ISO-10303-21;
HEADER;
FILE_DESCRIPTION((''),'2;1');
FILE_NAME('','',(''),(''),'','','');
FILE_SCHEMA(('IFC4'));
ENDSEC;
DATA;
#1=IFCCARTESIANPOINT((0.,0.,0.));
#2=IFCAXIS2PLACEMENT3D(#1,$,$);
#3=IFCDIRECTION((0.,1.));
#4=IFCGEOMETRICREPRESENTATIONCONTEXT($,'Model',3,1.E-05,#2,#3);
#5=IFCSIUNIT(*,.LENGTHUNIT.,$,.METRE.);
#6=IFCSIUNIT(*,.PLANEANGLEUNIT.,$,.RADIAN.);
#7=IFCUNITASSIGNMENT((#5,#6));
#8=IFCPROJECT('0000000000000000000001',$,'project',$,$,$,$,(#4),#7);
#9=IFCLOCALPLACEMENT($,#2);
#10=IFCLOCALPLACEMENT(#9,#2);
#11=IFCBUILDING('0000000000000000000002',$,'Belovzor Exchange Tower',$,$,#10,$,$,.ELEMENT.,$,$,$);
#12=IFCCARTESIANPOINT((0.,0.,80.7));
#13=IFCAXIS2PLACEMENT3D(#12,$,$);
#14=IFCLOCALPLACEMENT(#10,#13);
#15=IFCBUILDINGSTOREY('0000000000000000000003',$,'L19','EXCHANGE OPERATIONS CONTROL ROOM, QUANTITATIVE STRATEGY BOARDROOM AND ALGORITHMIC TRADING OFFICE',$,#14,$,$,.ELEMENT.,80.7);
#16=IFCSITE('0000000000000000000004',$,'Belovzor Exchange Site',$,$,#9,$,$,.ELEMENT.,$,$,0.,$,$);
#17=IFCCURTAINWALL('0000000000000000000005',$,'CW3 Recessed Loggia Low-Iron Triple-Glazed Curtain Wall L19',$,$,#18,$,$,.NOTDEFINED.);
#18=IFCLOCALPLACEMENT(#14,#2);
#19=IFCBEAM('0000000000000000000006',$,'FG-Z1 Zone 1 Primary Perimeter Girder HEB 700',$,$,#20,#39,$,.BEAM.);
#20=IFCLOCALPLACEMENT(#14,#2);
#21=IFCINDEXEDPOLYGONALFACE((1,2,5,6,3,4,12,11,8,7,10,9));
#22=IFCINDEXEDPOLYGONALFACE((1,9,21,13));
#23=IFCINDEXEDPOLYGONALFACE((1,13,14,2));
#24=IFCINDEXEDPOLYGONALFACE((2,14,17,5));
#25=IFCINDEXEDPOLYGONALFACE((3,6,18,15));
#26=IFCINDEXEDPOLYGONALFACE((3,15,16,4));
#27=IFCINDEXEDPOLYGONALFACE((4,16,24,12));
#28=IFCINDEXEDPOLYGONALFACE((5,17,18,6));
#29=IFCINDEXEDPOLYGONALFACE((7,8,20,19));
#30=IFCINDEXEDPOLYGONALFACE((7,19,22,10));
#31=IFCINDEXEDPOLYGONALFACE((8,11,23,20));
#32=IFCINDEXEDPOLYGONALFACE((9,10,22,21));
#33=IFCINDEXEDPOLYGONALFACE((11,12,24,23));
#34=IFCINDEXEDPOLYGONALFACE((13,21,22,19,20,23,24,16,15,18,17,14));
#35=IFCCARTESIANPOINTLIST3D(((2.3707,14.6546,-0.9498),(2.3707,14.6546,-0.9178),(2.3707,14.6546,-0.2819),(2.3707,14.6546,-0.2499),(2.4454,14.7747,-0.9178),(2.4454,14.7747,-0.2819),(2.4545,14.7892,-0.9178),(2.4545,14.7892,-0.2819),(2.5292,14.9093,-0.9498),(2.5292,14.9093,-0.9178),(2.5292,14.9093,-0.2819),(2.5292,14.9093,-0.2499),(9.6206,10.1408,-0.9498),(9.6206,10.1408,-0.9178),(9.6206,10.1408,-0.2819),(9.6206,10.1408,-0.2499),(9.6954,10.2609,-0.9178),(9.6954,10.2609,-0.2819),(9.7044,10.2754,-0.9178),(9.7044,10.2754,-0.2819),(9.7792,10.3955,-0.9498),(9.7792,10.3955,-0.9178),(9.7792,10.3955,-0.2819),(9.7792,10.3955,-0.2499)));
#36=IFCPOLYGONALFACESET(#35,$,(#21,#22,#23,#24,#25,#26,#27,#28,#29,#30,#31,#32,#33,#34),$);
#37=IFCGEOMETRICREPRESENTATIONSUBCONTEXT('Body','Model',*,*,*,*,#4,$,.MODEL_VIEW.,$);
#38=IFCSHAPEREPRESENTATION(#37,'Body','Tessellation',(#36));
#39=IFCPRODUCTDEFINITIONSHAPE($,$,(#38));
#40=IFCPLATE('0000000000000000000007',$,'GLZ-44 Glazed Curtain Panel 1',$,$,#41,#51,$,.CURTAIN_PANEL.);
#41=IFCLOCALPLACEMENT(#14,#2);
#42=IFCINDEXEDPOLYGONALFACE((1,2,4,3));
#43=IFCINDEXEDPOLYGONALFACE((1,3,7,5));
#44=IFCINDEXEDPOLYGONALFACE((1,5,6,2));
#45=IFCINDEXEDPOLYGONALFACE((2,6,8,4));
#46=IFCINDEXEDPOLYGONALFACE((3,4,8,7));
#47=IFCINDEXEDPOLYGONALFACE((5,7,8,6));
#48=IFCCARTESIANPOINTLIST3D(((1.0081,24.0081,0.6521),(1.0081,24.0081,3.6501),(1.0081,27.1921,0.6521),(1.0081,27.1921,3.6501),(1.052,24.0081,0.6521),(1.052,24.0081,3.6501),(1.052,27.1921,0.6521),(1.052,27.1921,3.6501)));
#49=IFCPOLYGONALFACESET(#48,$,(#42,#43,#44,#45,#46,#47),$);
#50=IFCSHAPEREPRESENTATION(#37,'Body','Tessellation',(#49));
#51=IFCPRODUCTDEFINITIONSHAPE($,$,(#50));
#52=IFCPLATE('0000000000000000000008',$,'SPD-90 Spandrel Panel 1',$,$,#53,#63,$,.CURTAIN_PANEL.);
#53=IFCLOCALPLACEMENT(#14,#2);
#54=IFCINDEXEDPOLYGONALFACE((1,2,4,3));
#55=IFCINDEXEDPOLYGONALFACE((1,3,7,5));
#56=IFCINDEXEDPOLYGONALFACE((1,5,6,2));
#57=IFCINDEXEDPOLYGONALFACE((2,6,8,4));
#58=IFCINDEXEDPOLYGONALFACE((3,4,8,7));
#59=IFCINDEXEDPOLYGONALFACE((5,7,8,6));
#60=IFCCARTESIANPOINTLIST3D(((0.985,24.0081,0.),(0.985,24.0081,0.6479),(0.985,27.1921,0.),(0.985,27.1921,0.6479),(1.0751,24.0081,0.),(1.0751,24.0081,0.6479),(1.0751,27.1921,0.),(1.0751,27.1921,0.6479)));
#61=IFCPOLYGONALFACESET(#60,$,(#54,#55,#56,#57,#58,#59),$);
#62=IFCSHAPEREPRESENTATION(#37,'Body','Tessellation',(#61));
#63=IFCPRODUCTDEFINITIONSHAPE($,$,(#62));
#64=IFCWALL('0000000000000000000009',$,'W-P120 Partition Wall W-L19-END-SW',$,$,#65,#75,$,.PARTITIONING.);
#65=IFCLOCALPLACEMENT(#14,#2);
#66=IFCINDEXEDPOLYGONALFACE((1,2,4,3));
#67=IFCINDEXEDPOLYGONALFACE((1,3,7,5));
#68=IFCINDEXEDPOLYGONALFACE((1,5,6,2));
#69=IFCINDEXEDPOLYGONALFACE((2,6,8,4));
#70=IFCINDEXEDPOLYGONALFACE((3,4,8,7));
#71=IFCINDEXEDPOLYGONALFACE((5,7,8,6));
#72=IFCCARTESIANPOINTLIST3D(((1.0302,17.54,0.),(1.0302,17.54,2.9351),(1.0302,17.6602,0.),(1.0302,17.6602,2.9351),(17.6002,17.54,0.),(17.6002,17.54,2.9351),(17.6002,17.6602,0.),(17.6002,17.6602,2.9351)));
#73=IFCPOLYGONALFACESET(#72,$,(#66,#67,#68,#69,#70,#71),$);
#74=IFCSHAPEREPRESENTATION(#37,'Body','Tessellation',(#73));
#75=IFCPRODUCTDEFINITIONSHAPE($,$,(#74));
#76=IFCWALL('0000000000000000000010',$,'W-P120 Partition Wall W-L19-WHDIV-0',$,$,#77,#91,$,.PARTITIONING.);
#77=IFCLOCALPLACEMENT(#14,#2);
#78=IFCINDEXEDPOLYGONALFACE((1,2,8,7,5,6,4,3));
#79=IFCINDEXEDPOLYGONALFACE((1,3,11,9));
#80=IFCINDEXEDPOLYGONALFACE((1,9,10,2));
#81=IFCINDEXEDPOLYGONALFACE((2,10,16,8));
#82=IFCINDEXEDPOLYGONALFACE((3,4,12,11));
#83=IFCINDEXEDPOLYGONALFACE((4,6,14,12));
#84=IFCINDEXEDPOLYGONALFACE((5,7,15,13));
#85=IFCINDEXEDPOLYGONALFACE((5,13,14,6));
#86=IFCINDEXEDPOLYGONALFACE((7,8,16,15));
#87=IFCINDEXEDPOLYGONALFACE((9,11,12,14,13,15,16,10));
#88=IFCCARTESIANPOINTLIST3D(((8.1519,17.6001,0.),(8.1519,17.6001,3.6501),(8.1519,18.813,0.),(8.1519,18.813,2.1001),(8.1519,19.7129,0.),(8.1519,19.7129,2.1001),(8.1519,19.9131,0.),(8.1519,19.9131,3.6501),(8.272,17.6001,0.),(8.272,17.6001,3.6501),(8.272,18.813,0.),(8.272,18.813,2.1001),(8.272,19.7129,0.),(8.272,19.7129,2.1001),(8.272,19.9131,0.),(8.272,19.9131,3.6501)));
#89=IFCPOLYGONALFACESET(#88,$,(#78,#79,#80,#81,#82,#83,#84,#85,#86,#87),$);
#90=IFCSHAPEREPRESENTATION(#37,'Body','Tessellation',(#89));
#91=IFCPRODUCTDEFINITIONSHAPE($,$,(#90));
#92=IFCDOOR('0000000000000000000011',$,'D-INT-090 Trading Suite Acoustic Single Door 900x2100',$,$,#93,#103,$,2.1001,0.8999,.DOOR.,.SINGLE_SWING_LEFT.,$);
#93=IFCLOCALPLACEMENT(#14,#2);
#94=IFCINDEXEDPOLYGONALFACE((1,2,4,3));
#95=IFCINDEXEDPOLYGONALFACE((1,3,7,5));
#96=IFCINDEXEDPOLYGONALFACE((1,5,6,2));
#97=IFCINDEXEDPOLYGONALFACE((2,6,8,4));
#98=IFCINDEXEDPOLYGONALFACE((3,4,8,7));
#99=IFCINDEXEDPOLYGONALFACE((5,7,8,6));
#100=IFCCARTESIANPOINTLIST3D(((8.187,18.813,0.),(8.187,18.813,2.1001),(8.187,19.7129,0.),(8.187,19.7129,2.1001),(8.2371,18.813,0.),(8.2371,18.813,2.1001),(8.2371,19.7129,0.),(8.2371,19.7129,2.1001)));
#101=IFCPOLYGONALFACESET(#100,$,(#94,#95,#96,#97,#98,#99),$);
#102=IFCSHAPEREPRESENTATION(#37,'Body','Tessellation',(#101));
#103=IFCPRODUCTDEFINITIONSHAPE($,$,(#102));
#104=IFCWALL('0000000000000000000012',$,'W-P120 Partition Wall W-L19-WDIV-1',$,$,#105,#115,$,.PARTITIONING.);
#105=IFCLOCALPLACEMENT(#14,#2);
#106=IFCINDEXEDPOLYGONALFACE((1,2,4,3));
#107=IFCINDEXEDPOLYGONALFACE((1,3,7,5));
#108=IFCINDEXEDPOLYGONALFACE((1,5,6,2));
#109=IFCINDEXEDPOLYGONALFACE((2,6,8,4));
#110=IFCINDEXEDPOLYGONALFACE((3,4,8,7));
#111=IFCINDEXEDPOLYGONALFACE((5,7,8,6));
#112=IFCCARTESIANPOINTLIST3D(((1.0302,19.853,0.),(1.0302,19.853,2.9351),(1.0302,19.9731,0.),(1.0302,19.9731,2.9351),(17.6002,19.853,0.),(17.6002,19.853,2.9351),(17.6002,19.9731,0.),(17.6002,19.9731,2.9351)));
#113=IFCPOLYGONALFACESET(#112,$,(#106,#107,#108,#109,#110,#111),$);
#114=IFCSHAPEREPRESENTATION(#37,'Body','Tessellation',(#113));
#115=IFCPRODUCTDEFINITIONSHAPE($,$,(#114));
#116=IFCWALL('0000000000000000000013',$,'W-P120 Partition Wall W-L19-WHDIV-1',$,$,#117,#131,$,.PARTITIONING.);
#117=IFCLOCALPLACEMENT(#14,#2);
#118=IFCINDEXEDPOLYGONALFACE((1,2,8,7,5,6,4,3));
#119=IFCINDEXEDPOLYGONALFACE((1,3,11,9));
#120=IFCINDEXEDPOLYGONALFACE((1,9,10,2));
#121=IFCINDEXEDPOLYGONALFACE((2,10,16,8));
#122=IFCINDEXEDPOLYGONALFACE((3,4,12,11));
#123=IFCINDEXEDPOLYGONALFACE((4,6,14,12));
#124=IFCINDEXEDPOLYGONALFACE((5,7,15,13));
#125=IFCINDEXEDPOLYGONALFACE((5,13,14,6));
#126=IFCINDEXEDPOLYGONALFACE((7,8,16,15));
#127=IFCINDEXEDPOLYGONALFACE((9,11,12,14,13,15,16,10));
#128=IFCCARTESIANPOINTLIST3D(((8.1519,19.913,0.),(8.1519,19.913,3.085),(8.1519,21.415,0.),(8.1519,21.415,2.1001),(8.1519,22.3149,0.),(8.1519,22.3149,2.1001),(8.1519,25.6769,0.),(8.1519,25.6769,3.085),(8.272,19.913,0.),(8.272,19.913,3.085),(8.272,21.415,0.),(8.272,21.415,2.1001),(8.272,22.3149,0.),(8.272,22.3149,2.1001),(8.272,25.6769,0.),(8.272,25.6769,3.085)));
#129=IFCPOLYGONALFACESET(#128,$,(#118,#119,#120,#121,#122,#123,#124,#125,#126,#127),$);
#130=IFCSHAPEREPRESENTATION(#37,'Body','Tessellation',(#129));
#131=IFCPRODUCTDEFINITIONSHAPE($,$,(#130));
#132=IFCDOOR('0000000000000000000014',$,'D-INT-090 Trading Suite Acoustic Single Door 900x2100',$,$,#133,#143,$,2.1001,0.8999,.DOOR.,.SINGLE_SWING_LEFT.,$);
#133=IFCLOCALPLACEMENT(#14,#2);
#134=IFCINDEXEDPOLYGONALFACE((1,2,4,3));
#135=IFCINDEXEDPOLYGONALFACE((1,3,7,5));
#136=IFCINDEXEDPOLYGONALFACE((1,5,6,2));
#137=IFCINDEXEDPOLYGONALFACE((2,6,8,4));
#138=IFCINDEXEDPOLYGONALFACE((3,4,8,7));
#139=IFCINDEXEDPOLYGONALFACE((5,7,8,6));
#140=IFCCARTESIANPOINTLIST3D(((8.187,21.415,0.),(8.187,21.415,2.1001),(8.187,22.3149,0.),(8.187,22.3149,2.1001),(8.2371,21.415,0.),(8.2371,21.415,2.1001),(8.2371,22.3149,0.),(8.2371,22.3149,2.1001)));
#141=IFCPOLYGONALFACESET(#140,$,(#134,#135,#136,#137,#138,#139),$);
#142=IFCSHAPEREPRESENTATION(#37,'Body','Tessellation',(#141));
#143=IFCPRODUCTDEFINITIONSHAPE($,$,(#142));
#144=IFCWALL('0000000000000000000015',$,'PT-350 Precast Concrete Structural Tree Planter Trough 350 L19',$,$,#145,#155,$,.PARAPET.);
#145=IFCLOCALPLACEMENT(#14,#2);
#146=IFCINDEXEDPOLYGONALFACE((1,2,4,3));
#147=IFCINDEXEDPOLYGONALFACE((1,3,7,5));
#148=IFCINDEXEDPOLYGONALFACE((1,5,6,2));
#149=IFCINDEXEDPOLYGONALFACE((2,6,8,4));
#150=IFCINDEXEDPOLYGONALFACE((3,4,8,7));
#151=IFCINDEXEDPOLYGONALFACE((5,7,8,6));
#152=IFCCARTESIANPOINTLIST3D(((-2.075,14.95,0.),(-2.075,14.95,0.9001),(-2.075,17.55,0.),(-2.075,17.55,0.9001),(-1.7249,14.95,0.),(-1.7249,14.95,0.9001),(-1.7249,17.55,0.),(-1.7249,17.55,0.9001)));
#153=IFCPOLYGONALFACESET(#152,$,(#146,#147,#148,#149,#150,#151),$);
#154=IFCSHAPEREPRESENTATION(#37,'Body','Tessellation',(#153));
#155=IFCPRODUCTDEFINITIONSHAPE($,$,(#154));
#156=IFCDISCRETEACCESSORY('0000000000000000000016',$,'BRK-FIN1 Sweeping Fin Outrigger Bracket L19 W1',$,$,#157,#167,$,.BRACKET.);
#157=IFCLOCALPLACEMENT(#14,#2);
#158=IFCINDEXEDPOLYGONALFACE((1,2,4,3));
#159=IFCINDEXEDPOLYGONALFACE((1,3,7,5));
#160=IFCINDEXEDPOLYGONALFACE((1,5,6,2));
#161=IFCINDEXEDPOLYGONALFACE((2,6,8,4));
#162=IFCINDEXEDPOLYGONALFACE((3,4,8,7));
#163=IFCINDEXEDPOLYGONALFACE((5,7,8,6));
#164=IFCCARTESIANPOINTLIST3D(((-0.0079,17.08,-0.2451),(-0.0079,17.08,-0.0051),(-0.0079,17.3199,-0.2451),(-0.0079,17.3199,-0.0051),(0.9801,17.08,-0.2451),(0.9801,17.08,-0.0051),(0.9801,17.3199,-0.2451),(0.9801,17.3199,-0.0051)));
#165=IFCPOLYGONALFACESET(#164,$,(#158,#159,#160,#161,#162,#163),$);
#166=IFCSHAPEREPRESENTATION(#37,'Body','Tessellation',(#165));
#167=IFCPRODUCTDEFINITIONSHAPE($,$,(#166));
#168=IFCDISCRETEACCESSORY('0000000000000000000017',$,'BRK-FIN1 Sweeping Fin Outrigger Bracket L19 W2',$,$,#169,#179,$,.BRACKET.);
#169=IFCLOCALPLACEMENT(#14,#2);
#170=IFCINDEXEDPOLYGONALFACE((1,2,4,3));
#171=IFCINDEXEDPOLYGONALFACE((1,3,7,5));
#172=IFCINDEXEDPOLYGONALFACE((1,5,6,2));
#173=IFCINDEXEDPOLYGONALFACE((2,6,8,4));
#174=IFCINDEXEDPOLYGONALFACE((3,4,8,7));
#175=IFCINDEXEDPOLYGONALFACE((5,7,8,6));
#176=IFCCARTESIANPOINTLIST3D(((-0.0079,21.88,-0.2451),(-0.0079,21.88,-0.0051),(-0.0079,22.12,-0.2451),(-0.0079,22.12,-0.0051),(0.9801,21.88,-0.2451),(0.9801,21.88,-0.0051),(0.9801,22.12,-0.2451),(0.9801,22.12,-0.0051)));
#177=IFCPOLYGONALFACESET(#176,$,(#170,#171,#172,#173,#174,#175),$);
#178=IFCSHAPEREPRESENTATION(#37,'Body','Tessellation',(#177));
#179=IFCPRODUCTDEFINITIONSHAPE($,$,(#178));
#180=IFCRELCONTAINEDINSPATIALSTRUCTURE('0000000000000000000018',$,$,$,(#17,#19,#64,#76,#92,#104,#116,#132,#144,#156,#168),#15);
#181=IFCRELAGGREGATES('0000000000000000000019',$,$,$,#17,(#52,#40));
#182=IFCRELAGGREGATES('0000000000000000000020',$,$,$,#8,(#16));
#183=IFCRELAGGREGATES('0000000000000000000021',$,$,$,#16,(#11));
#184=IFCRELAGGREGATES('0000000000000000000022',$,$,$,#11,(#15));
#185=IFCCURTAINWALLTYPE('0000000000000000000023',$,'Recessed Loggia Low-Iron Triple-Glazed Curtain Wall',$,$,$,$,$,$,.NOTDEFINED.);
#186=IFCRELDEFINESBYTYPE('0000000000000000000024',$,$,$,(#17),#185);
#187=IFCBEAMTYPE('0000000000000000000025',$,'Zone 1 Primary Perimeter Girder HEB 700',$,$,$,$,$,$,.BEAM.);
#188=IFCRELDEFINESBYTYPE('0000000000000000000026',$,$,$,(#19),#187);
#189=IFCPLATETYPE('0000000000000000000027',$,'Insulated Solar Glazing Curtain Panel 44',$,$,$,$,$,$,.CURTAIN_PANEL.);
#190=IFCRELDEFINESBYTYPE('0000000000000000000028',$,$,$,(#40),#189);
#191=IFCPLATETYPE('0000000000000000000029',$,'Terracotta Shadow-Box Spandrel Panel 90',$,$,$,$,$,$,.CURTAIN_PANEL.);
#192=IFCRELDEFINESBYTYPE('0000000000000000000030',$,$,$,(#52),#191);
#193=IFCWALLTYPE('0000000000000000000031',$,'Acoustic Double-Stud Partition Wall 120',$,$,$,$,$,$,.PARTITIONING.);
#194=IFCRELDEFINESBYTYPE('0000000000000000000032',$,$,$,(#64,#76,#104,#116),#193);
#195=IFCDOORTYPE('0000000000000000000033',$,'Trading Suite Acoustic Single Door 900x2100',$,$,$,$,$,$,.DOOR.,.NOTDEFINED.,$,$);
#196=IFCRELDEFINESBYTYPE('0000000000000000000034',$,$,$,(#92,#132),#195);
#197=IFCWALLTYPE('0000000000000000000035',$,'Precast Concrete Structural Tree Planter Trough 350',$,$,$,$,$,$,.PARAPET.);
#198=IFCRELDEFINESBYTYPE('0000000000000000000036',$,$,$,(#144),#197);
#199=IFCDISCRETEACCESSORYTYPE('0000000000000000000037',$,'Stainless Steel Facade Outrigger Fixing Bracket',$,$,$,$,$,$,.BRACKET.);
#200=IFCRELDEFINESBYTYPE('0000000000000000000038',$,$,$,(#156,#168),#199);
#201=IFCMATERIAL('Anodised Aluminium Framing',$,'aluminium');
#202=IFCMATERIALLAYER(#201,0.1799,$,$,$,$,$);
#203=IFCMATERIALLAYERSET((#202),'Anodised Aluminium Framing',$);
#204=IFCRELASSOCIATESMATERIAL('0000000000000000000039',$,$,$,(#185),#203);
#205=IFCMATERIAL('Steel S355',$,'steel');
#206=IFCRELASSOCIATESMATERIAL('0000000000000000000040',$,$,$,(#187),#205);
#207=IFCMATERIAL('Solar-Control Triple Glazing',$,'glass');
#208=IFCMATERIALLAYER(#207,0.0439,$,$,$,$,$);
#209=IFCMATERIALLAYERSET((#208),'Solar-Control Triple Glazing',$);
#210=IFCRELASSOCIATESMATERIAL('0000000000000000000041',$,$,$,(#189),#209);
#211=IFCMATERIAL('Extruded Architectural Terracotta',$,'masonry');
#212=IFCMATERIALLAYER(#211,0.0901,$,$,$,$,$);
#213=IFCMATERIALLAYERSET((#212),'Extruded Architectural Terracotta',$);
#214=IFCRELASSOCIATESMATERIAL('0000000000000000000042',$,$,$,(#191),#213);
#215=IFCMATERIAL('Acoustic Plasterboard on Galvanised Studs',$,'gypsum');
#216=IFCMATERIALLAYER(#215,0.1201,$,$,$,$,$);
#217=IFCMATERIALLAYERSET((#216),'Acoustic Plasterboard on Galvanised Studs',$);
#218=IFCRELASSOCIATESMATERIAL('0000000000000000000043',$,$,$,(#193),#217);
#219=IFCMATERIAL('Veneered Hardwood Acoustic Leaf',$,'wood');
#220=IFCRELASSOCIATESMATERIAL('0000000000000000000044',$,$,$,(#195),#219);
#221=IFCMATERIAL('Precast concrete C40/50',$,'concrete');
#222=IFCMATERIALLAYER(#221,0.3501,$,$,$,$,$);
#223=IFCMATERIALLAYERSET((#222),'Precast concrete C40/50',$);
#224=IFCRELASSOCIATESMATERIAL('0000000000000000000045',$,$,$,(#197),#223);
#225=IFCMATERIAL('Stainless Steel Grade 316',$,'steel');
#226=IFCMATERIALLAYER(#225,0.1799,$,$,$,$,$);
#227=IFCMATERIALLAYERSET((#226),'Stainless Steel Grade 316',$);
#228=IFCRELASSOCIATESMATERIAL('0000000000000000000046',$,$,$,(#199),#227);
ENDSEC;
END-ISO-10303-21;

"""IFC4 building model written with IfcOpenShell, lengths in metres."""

from ifc_helpers import new_model, si_unit, direction, frame, frame_2d, origin, origin_2d, place, context, subcontext, project, spatial, rectangle, i_section, extrude, material, layer, layer_set, material_profile, profile_set, type_object, element, fill, aggregate, save


model = new_model("IFC4")

# Units and contexts
model_context = context("Model", 3, precision=1e-05, world=origin(), true_north=direction((0.0, 1.0)))
body_context = subcontext(model_context, "Body", "Model", "MODEL_VIEW")
ifc_project = project(units=[si_unit("LENGTHUNIT", "METRE"), si_unit("PLANEANGLEUNIT", "RADIAN")], contexts=[model_context])

# Site, building, storey
site_placement = place(None, origin())
site = spatial("IfcSite", under=ifc_project, at=site_placement, Name="Belovzor Exchange Site", CompositionType="ELEMENT", RefElevation=0.0)
building_placement = place(site_placement, origin())
building = spatial("IfcBuilding", under=site, at=building_placement, Name="Belovzor Exchange Tower", CompositionType="ELEMENT")
storey_placement = place(building_placement, frame((0.0, 0.0, 80.7)))
storey = spatial("IfcBuildingStorey", under=building, at=storey_placement, Name="L19", Description="EXCHANGE OPERATIONS CONTROL ROOM, QUANTITATIVE STRATEGY BOARDROOM AND ALGORITHMIC TRADING OFFICE", CompositionType="ELEMENT", Elevation=80.7)

# Curtain wall
ifc_material_1 = material(Name="Anodised Aluminium Framing", Category="aluminium")
ifc_layer_1 = layer(ifc_material_1, 0.1799)
ifc_layer_set_1 = layer_set([ifc_layer_1], Name="Anodised Aluminium Framing")
curtain_wall_type = type_object("IfcCurtainWallType", Name="Recessed Loggia Low-Iron Triple-Glazed Curtain Wall", PredefinedType="NOTDEFINED", material=ifc_layer_set_1)
curtain_wall_placement = place(storey_placement, origin())
curtain_wall = element("IfcCurtainWall", 1, at=curtain_wall_placement, inside=storey, type_object=curtain_wall_type, Name="CW3 Recessed Loggia Low-Iron Triple-Glazed Curtain Wall L19", PredefinedType="NOTDEFINED")

# Beam
ifc_material_2 = material(Name="Steel S355", Category="steel")
ifc_material_profile_1 = material_profile(ifc_material_2, i_section(OverallWidth=0.3, OverallDepth=0.7, WebThickness=0.0171, FlangeThickness=0.032, at=origin_2d()))
ifc_profile_set_1 = profile_set([ifc_material_profile_1], Name="Steel S355")
beam_type_1 = type_object("IfcBeamType", Name="Zone 1 Primary Perimeter Girder HEB 700", PredefinedType="BEAM", material=ifc_profile_set_1)
beam_1_placement = place(storey_placement, frame((2.45, 14.782, -0.5999), z_axis=(0.848909, -0.528539, 0.0), x_axis=(0.528539, 0.848909, 0.0)))
element("IfcBeam", 2, at=beam_1_placement, inside=storey, type_object=beam_type_1, Name="FG-Z1 Zone 1 Primary Perimeter Girder HEB 700", PredefinedType="BEAM", context=body_context, shape_type="SweptSolid", body=[
    extrude(i_section(OverallWidth=0.3, OverallDepth=0.7, WebThickness=0.0171, FlangeThickness=0.032, at=origin_2d()), origin(), (0.0, 0.0, 1.0), 8.5403),
])

# Plates
ifc_material_3 = material(Name="Solar-Control Triple Glazing", Category="glass")
ifc_layer_2 = layer(ifc_material_3, 0.0439)
ifc_layer_set_2 = layer_set([ifc_layer_2], Name="Solar-Control Triple Glazing")
plate_type_1 = type_object("IfcPlateType", Name="Insulated Solar Glazing Curtain Panel 44", PredefinedType="CURTAIN_PANEL", material=ifc_layer_set_2)
plate_1_placement = place(storey_placement, frame((1.03, 25.6001, 0.6521), z_axis=(0.0, 0.0, 1.0), x_axis=(0.0, 1.0, 0.0)))
plate_1 = element("IfcPlate", 3, at=plate_1_placement, type_object=plate_type_1, Name="GLZ-44 Glazed Curtain Panel 1", PredefinedType="CURTAIN_PANEL", context=body_context, shape_type="SweptSolid", body=[
    extrude(rectangle(XDim=3.1841, YDim=0.0439, at=origin_2d()), origin(), (0.0, 0.0, 1.0), 2.998),
])
ifc_material_4 = material(Name="Extruded Architectural Terracotta", Category="masonry")
ifc_layer_3 = layer(ifc_material_4, 0.0901)
ifc_layer_set_3 = layer_set([ifc_layer_3], Name="Extruded Architectural Terracotta")
plate_type_2 = type_object("IfcPlateType", Name="Terracotta Shadow-Box Spandrel Panel 90", PredefinedType="CURTAIN_PANEL", material=ifc_layer_set_3)
plate_2_placement = place(storey_placement, frame((1.03, 25.6001, 0.0), z_axis=(0.0, 0.0, 1.0), x_axis=(0.0, 1.0, 0.0)))
plate_2 = element("IfcPlate", 4, at=plate_2_placement, type_object=plate_type_2, Name="SPD-90 Spandrel Panel 1", PredefinedType="CURTAIN_PANEL", context=body_context, shape_type="SweptSolid", body=[
    extrude(rectangle(XDim=3.1841, YDim=0.0901, at=origin_2d()), origin(), (0.0, 0.0, 1.0), 0.6479),
])
aggregate(curtain_wall, [plate_2, plate_1])

# Wall
ifc_material_5 = material(Name="Acoustic Plasterboard on Galvanised Studs", Category="gypsum")
ifc_layer_4 = layer(ifc_material_5, 0.1201)
ifc_layer_set_4 = layer_set([ifc_layer_4], Name="Acoustic Plasterboard on Galvanised Studs")
wall_type_1 = type_object("IfcWallType", Name="Acoustic Double-Stud Partition Wall 120", PredefinedType="PARTITIONING", material=ifc_layer_set_4)
wall_1_placement = place(storey_placement, frame((1.03, 17.6001, 0.0), z_axis=(0.0, 0.0, 1.0), x_axis=(1.0, 0.0, 0.0)))
element("IfcWall", 5, at=wall_1_placement, inside=storey, type_object=wall_type_1, Name="W-P120 Partition Wall W-L19-END-SW", PredefinedType="PARTITIONING", context=body_context, shape_type="SweptSolid", body=[
    extrude(rectangle(XDim=16.5701, YDim=0.1201, at=frame_2d((8.2852, 0.0))), origin(), (0.0, 0.0, 1.0), 2.9351),
])

# Wall, opening, door
wall_2_placement = place(storey_placement, frame((8.2119, 17.6001, 0.0), z_axis=(0.0, 0.0, 1.0), x_axis=(0.0, 1.0, 0.0)))
wall_2 = element("IfcWall", 6, at=wall_2_placement, inside=storey, type_object=wall_type_1, Name="W-P120 Partition Wall W-L19-WHDIV-0", PredefinedType="PARTITIONING", context=body_context, shape_type="SweptSolid", body=[
    extrude(rectangle(XDim=2.313, YDim=0.1201, at=frame_2d((1.1565, 0.0))), origin(), (0.0, 0.0, 1.0), 3.6501),
])
opening_1_placement = place(wall_2_placement, frame((1.2129, 0.0, 0.0)))
opening_1 = element("IfcOpeningElement", 7, at=opening_1_placement, cuts=wall_2, PredefinedType="OPENING", context=body_context, shape_type="SweptSolid", body=[
    extrude(rectangle(XDim=0.8999, YDim=2.1001, at=frame_2d((0.45, 1.05))), frame((0.0, 0.0701, 0.0), z_axis=(0.0, -1.0, 0.0), x_axis=(1.0, 0.0, 0.0)), (0.0, 0.0, 1.0), 0.1401),
])
ifc_material_6 = material(Name="Veneered Hardwood Acoustic Leaf", Category="wood")
door_type = type_object("IfcDoorType", Name="Trading Suite Acoustic Single Door 900x2100", OperationType="NOTDEFINED", PredefinedType="DOOR", material=ifc_material_6)
door_1_placement = place(opening_1_placement, origin())
door_1 = element("IfcDoor", 8, at=door_1_placement, inside=storey, type_object=door_type, Name="D-INT-090 Trading Suite Acoustic Single Door 900x2100", OperationType="SINGLE_SWING_LEFT", OverallHeight=2.1001, OverallWidth=0.8999, PredefinedType="DOOR", context=body_context, shape_type="SweptSolid", body=[
    extrude(rectangle(XDim=0.8999, YDim=2.1001, at=frame_2d((0.45, 1.05))), frame((0.0, 0.0249, 0.0), z_axis=(0.0, -1.0, 0.0), x_axis=(1.0, 0.0, 0.0)), (0.0, 0.0, 1.0), 0.05),
])
fill(opening_1, door_1)

# Wall
wall_3_placement = place(storey_placement, frame((1.03, 19.9131, 0.0), z_axis=(0.0, 0.0, 1.0), x_axis=(1.0, 0.0, 0.0)))
element("IfcWall", 9, at=wall_3_placement, inside=storey, type_object=wall_type_1, Name="W-P120 Partition Wall W-L19-WDIV-1", PredefinedType="PARTITIONING", context=body_context, shape_type="SweptSolid", body=[
    extrude(rectangle(XDim=16.5701, YDim=0.1201, at=frame_2d((8.2852, 0.0))), origin(), (0.0, 0.0, 1.0), 2.9351),
])

# Wall, opening, door
wall_4_placement = place(storey_placement, frame((8.2119, 19.9131, 0.0), z_axis=(0.0, 0.0, 1.0), x_axis=(0.0, 1.0, 0.0)))
wall_4 = element("IfcWall", 10, at=wall_4_placement, inside=storey, type_object=wall_type_1, Name="W-P120 Partition Wall W-L19-WHDIV-1", PredefinedType="PARTITIONING", context=body_context, shape_type="SweptSolid", body=[
    extrude(rectangle(XDim=5.7639, YDim=0.1201, at=frame_2d((2.8818, 0.0))), origin(), (0.0, 0.0, 1.0), 3.085),
])
opening_2_placement = place(wall_4_placement, frame((1.502, 0.0, 0.0)))
opening_2 = element("IfcOpeningElement", 11, at=opening_2_placement, cuts=wall_4, PredefinedType="OPENING", context=body_context, shape_type="SweptSolid", body=[
    extrude(rectangle(XDim=0.8999, YDim=2.1001, at=frame_2d((0.45, 1.05))), frame((0.0, 0.0701, 0.0), z_axis=(0.0, -1.0, 0.0), x_axis=(1.0, 0.0, 0.0)), (0.0, 0.0, 1.0), 0.1401),
])
door_2_placement = place(opening_2_placement, origin())
door_2 = element("IfcDoor", 12, at=door_2_placement, inside=storey, type_object=door_type, Name="D-INT-090 Trading Suite Acoustic Single Door 900x2100", OperationType="SINGLE_SWING_LEFT", OverallHeight=2.1001, OverallWidth=0.8999, PredefinedType="DOOR", context=body_context, shape_type="SweptSolid", body=[
    extrude(rectangle(XDim=0.8999, YDim=2.1001, at=frame_2d((0.45, 1.05))), frame((0.0, 0.0249, 0.0), z_axis=(0.0, -1.0, 0.0), x_axis=(1.0, 0.0, 0.0)), (0.0, 0.0, 1.0), 0.05),
])
fill(opening_2, door_2)

# Wall
ifc_material_7 = material(Name="Precast concrete C40/50", Category="concrete")
ifc_layer_5 = layer(ifc_material_7, 0.3501)
ifc_layer_set_5 = layer_set([ifc_layer_5], Name="Precast concrete C40/50")
wall_type_2 = type_object("IfcWallType", Name="Precast Concrete Structural Tree Planter Trough 350", PredefinedType="PARAPET", material=ifc_layer_set_5)
wall_5_placement = place(storey_placement, frame((-1.8999, 14.95, 0.0), z_axis=(0.0, 0.0, 1.0), x_axis=(0.0, 1.0, 0.0)))
element("IfcWall", 13, at=wall_5_placement, inside=storey, type_object=wall_type_2, Name="PT-350 Precast Concrete Structural Tree Planter Trough 350 L19", PredefinedType="PARAPET", context=body_context, shape_type="SweptSolid", body=[
    extrude(rectangle(XDim=2.6001, YDim=0.3501, at=frame_2d((1.3, 0.0))), origin(), (0.0, 0.0, 1.0), 0.9001),
])

# Discrete accessories
ifc_material_8 = material(Name="Stainless Steel Grade 316", Category="steel")
ifc_layer_6 = layer(ifc_material_8, 0.1799)
ifc_layer_set_6 = layer_set([ifc_layer_6], Name="Stainless Steel Grade 316")
discrete_accessory_type = type_object("IfcDiscreteAccessoryType", Name="Stainless Steel Facade Outrigger Fixing Bracket", PredefinedType="BRACKET", material=ifc_layer_set_6)
for number, where, z_axis, x_axis, name in (
    (14, (0.4861, 17.2, -0.2451), (0.0, 0.0, 1.0), (1.0, 0.0, 0.0), "BRK-FIN1 Sweeping Fin Outrigger Bracket L19 W1"),
    (15, (0.4861, 22.0, -0.2451), (0.0, 0.0, 1.0), (1.0, 0.0, 0.0), "BRK-FIN1 Sweeping Fin Outrigger Bracket L19 W2"),
):
    element("IfcDiscreteAccessory", number, at=place(storey_placement, frame(where, z_axis=z_axis, x_axis=x_axis)), inside=storey, type_object=discrete_accessory_type, Name=name, PredefinedType="BRACKET", context=body_context, shape_type="SweptSolid", body=[
        extrude(rectangle(XDim=0.988, YDim=0.24, at=origin_2d()), origin(), (0.0, 0.0, 1.0), 0.24),
    ])

save(model, "model.ifc")
